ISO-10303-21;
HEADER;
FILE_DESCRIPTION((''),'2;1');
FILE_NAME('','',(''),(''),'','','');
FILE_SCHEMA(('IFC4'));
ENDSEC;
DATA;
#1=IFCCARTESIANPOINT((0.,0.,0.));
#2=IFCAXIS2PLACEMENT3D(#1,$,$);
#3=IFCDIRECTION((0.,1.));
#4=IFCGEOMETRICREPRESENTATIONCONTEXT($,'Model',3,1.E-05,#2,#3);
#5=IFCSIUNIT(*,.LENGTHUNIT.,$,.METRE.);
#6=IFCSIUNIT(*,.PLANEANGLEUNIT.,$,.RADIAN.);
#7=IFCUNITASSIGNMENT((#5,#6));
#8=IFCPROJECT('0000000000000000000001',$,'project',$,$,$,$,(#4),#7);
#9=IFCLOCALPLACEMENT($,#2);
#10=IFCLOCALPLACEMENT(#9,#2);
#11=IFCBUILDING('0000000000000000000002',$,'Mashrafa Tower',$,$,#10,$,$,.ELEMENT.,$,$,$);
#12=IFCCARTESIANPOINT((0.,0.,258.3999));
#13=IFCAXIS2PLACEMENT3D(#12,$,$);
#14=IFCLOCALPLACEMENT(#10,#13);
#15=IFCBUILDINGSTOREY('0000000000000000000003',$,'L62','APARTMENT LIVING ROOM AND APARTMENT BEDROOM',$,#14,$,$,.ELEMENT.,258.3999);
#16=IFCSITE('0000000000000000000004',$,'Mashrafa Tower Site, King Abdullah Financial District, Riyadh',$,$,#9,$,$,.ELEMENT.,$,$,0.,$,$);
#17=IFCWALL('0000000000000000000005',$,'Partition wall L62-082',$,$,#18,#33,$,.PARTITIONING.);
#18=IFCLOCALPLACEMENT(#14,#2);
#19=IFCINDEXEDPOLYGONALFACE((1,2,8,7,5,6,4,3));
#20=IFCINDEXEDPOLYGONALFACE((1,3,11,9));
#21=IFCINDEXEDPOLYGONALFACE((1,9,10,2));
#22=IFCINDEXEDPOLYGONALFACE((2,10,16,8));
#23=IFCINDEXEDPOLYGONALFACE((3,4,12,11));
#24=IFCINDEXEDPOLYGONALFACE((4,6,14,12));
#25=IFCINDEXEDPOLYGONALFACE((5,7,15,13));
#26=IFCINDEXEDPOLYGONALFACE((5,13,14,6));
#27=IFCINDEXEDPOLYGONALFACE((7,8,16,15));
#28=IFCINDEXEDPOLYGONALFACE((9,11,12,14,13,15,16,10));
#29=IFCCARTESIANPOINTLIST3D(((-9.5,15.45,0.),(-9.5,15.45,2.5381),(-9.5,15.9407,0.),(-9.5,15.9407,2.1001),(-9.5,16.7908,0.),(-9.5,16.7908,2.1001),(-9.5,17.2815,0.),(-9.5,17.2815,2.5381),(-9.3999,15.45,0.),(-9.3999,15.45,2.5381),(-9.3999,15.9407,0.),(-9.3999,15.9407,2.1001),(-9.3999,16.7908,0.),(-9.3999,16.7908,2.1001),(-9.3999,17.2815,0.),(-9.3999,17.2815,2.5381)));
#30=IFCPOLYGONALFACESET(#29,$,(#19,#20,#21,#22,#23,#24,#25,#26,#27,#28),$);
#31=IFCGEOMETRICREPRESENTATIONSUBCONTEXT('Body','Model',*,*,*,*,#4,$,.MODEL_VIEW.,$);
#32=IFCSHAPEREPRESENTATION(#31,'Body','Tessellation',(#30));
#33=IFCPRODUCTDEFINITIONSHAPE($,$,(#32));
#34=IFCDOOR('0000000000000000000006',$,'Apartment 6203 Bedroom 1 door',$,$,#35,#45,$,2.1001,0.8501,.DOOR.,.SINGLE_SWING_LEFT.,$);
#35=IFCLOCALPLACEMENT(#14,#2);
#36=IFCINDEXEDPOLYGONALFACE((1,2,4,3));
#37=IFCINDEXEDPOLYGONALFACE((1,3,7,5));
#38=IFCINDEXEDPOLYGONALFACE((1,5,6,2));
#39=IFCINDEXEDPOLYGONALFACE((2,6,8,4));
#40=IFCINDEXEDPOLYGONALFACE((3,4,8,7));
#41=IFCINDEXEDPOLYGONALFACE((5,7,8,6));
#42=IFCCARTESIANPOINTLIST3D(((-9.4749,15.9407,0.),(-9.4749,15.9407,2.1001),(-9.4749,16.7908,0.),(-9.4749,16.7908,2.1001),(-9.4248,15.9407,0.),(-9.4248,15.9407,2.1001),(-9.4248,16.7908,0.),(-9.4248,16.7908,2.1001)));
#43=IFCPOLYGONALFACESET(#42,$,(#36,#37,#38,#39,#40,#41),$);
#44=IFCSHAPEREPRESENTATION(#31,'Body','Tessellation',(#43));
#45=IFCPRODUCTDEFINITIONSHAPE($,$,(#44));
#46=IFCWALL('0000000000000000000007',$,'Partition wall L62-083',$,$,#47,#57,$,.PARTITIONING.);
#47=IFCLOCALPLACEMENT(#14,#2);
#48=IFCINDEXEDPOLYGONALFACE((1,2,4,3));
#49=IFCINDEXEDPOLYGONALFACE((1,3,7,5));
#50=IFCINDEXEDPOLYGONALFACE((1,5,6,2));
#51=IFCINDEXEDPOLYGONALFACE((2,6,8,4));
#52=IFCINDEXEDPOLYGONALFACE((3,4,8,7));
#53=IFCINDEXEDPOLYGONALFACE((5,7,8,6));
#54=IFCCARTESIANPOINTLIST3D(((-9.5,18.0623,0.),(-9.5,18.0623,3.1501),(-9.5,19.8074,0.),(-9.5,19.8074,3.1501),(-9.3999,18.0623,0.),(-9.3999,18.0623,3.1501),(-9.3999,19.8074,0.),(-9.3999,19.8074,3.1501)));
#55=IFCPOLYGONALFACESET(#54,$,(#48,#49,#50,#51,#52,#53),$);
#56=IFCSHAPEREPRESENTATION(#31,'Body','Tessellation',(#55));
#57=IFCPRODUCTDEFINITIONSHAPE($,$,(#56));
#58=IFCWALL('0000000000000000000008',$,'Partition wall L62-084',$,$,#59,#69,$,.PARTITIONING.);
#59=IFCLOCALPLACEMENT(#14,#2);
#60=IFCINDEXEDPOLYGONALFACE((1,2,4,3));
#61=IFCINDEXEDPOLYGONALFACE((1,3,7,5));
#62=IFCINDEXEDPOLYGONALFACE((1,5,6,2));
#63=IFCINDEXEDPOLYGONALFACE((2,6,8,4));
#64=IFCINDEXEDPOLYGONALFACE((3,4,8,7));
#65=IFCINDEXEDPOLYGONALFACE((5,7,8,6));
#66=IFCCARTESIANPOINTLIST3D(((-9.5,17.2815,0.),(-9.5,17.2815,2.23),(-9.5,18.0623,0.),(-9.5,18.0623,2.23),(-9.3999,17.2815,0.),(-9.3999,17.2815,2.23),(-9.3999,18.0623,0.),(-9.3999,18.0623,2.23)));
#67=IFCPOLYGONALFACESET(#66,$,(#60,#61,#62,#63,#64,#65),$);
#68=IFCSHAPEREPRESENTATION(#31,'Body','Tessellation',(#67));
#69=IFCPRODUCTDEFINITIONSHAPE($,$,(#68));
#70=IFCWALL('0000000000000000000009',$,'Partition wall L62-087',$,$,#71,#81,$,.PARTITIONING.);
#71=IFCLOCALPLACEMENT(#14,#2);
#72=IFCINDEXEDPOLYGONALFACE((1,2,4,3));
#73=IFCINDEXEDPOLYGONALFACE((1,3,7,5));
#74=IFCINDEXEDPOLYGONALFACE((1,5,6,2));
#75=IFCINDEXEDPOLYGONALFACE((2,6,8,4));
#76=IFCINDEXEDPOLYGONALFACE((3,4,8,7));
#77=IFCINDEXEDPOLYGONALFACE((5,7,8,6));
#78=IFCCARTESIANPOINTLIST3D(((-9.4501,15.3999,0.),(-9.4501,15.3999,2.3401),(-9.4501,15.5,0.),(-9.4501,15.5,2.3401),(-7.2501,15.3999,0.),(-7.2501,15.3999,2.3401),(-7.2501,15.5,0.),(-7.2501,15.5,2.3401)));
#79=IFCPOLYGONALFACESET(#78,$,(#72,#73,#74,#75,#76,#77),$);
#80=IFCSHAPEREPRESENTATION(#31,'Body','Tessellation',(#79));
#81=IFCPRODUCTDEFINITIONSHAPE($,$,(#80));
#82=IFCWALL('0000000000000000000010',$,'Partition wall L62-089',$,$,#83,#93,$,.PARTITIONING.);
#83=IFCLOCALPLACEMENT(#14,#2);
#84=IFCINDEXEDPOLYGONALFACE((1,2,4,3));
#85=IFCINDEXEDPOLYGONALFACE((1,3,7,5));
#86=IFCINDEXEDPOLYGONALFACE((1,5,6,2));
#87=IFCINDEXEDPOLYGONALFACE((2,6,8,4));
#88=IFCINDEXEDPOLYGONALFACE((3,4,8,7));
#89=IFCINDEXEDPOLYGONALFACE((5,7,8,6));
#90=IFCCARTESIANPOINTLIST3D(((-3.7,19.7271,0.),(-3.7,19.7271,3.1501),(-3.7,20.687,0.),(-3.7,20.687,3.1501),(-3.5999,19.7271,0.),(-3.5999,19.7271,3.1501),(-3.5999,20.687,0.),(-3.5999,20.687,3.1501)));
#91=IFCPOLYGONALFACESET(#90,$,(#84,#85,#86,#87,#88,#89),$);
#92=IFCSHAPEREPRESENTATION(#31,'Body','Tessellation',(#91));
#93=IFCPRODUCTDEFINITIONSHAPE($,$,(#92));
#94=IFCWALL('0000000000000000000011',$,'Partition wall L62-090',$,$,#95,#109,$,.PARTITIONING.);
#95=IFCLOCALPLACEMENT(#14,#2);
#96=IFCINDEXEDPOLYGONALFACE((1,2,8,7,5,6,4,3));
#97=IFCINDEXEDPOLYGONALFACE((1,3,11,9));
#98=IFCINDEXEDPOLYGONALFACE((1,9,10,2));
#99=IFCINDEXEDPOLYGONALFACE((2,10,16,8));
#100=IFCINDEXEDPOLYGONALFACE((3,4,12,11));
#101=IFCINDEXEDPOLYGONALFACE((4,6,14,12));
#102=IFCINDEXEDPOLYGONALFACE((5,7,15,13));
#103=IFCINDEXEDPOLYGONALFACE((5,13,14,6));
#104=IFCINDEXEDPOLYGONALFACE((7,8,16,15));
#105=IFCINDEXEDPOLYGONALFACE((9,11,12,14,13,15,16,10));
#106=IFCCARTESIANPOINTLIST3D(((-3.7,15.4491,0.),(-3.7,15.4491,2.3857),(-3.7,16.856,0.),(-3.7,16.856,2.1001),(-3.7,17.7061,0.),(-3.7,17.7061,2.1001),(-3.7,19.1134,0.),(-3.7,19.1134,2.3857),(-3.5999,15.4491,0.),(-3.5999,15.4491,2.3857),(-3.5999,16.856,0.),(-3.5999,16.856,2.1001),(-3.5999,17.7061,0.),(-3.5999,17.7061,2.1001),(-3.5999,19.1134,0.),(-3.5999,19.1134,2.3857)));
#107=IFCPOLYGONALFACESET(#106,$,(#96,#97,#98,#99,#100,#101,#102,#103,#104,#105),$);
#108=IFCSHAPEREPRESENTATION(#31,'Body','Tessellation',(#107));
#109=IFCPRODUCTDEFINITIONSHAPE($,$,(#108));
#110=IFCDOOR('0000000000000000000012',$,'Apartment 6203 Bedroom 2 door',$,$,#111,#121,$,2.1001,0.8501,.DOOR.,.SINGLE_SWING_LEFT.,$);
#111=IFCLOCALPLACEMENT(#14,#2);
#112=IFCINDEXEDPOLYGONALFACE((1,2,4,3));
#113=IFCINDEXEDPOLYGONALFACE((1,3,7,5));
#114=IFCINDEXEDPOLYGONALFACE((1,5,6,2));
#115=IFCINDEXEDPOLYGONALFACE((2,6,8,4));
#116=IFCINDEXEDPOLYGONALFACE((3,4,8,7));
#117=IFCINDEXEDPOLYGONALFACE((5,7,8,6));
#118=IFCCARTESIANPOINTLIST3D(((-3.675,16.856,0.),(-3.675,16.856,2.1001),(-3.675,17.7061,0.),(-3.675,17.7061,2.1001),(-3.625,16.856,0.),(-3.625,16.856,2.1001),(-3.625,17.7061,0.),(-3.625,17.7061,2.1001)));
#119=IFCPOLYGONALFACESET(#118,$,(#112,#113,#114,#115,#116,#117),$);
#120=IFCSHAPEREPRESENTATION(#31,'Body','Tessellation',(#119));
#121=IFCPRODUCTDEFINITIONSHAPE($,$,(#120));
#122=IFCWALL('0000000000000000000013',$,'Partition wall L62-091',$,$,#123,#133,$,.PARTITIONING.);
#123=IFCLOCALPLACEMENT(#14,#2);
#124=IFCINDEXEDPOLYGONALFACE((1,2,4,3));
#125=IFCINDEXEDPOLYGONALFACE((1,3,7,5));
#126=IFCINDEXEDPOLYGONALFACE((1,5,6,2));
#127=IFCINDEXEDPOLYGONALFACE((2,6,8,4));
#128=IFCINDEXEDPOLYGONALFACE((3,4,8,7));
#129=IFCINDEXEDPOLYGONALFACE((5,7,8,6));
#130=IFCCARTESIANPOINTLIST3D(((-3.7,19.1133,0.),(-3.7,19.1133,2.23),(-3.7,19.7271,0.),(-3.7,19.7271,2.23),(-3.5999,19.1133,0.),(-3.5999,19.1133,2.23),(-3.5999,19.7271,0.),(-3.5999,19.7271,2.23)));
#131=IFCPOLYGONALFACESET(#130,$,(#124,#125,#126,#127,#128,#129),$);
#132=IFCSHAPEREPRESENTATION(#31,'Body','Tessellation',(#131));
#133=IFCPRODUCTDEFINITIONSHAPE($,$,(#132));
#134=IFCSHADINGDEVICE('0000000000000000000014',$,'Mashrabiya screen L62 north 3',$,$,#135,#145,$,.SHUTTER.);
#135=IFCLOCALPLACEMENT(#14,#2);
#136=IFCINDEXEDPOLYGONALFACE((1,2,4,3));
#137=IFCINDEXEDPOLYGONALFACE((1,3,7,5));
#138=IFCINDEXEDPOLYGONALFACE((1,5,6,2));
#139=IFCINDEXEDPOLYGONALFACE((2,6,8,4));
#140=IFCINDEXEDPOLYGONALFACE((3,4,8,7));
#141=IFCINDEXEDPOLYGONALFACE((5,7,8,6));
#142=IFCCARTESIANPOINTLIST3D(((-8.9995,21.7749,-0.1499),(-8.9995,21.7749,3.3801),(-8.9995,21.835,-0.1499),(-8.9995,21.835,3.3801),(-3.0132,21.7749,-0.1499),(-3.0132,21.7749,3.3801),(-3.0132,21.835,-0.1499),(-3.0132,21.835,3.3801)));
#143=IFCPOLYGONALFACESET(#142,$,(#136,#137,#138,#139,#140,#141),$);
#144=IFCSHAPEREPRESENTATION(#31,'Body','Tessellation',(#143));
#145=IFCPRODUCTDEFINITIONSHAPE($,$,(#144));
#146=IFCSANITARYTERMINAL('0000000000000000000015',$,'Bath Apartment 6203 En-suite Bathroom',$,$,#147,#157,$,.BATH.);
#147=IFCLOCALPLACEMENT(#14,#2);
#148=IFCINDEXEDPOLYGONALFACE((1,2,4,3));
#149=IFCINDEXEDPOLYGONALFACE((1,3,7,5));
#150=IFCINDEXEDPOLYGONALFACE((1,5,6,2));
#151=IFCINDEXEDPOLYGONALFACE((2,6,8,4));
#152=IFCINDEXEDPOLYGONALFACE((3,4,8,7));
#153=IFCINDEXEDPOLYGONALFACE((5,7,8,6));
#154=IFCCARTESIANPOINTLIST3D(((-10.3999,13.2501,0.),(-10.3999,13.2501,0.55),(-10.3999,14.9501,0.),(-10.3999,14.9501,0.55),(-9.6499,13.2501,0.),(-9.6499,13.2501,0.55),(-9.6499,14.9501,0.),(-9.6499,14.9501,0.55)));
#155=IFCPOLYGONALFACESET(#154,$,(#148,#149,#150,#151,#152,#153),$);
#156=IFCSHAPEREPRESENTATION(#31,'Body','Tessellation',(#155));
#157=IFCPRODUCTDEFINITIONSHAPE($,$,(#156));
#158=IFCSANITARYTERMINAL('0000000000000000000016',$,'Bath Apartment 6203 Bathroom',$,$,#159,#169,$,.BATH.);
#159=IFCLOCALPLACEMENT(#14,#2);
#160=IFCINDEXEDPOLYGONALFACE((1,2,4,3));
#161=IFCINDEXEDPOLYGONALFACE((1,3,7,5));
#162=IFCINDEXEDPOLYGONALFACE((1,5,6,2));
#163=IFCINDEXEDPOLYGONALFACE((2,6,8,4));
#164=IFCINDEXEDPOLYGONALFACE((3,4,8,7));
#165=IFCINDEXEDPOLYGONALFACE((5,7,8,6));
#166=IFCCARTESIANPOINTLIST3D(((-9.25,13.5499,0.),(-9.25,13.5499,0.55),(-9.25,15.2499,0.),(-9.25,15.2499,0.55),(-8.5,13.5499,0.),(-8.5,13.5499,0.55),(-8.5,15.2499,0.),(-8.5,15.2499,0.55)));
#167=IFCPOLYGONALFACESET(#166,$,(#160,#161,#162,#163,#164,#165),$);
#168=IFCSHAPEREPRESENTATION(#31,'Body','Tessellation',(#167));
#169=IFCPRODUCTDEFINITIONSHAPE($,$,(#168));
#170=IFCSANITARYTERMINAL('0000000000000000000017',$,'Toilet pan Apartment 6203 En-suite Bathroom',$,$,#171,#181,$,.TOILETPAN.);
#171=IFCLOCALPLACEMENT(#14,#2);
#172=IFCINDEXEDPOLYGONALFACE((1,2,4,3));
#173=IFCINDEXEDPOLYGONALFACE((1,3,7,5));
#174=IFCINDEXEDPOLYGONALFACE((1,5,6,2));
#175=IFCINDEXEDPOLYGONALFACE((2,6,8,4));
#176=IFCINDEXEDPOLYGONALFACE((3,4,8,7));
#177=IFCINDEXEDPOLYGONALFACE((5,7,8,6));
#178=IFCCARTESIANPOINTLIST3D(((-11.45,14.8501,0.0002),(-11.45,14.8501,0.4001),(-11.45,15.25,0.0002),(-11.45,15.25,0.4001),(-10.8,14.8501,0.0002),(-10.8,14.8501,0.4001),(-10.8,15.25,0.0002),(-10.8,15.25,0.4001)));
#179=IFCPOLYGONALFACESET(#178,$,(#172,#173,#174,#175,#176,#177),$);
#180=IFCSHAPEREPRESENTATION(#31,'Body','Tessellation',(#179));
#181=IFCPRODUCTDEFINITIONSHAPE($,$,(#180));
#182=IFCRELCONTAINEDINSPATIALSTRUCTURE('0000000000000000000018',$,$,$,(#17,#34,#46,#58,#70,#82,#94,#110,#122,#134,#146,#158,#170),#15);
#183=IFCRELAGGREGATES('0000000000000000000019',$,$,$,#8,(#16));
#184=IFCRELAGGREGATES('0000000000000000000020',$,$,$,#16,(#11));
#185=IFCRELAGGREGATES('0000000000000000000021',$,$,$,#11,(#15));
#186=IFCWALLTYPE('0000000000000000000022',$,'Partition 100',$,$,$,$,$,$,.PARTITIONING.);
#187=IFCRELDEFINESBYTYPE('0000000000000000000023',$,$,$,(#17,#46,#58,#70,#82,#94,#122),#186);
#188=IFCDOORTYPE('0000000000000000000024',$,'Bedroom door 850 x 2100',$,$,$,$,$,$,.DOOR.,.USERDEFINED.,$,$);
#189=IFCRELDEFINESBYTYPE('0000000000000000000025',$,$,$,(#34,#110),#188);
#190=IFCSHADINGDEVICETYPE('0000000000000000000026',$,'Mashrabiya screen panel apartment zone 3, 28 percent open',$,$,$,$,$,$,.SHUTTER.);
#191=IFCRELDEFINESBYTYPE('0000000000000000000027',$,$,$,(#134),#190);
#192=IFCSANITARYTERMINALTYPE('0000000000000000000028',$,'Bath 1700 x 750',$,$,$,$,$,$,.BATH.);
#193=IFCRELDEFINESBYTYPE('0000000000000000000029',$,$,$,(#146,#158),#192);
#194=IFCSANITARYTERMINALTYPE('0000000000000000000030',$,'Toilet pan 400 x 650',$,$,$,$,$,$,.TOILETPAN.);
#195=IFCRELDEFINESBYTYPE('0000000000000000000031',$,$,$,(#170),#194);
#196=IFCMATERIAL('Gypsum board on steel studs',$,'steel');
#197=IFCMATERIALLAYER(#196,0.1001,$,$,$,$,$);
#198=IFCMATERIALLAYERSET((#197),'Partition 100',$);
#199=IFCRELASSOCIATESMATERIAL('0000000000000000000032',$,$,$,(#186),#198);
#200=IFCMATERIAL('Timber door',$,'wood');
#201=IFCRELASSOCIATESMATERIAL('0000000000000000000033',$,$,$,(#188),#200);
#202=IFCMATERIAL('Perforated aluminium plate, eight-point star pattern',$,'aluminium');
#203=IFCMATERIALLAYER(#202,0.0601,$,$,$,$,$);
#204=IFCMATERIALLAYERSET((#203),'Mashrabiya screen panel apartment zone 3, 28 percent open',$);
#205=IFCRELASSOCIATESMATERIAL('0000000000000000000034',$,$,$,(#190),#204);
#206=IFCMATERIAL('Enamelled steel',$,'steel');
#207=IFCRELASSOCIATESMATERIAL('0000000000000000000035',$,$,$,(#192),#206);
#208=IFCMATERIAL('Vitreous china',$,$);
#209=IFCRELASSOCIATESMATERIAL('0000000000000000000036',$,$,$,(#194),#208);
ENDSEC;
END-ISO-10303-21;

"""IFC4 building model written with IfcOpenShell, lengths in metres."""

from ifc_helpers import new_model, si_unit, direction, frame, frame_2d, origin, origin_2d, place, context, subcontext, project, spatial, rectangle, extrude, source, transform, mapped, material, layer, layer_set, type_object, type_shapes, element, fill, save


model = new_model("IFC4")

# Units and contexts
model_context = context("Model", 3, precision=1e-05, world=origin(), true_north=direction((0.0, 1.0)))
body_context = subcontext(model_context, "Body", "Model", "MODEL_VIEW")
ifc_project = project(units=[si_unit("LENGTHUNIT", "METRE"), si_unit("PLANEANGLEUNIT", "RADIAN")], contexts=[model_context])

# Site, building, storey
site_placement = place(None, origin())
site = spatial("IfcSite", under=ifc_project, at=site_placement, Name="Mashrafa Tower Site, King Abdullah Financial District, Riyadh", CompositionType="ELEMENT", RefElevation=0.0)
building_placement = place(site_placement, origin())
building = spatial("IfcBuilding", under=site, at=building_placement, Name="Mashrafa Tower", CompositionType="ELEMENT")
storey_placement = place(building_placement, frame((0.0, 0.0, 258.3999)))
storey = spatial("IfcBuildingStorey", under=building, at=storey_placement, Name="L62", Description="APARTMENT LIVING ROOM AND APARTMENT BEDROOM", CompositionType="ELEMENT", Elevation=258.3999)

# Shared definitions
ifc_material_1 = material(Name="Gypsum board on steel studs", Category="steel")
ifc_layer_1 = layer(ifc_material_1, 0.1001)
ifc_layer_set_1 = layer_set([ifc_layer_1], Name="Partition 100")
wall_type = type_object("IfcWallType", Name="Partition 100", PredefinedType="PARTITIONING", material=ifc_layer_set_1)

# Wall, opening, door
wall_1_placement = place(storey_placement, frame((-9.45, 15.45, 0.0), z_axis=(0.0, 0.0, 1.0), x_axis=(0.0, 1.0, 0.0)))
wall_1 = element("IfcWall", 1, at=wall_1_placement, inside=storey, type_object=wall_type, Name="Partition wall L62-082", PredefinedType="PARTITIONING", context=body_context, shape_type="SweptSolid", body=[
    extrude(rectangle(XDim=1.8315, YDim=0.1001, at=frame_2d((0.9158, 0.0))), origin(), (0.0, 0.0, 1.0), 2.5381),
])
opening_1_placement = place(wall_1_placement, frame((0.4907, 0.0, 0.0)))
opening_1 = element("IfcOpeningElement", 2, at=opening_1_placement, cuts=wall_1, PredefinedType="OPENING", context=body_context, shape_type="SweptSolid", body=[
    extrude(rectangle(XDim=0.8501, YDim=2.1001, at=frame_2d((0.425, 1.05))), frame((0.0, 0.0601, 0.0), z_axis=(0.0, -1.0, 0.0), x_axis=(1.0, 0.0, 0.0)), (0.0, 0.0, 1.0), 0.1201),
])
ifc_material_2 = material(Name="Timber door", Category="wood")
door_type = type_object("IfcDoorType", Name="Bedroom door 850 x 2100", OperationType="USERDEFINED", PredefinedType="DOOR", material=ifc_material_2)
door_1_placement = place(opening_1_placement, origin())
door_1 = element("IfcDoor", 3, at=door_1_placement, inside=storey, type_object=door_type, Name="Apartment 6203 Bedroom 1 door", OperationType="SINGLE_SWING_LEFT", OverallHeight=2.1001, OverallWidth=0.8501, PredefinedType="DOOR", context=body_context, shape_type="SweptSolid", body=[
    extrude(rectangle(XDim=0.8501, YDim=2.1001, at=frame_2d((0.425, 1.05))), frame((0.0, 0.0249, 0.0), z_axis=(0.0, -1.0, 0.0), x_axis=(1.0, 0.0, 0.0)), (0.0, 0.0, 1.0), 0.05),
])
fill(opening_1, door_1)

# Walls
wall_2_placement = place(storey_placement, frame((-9.45, 18.0623, 0.0), z_axis=(0.0, 0.0, 1.0), x_axis=(0.0, 1.0, 0.0)))
element("IfcWall", 4, at=wall_2_placement, inside=storey, type_object=wall_type, Name="Partition wall L62-083", PredefinedType="PARTITIONING", context=body_context, shape_type="SweptSolid", body=[
    extrude(rectangle(XDim=1.7451, YDim=0.1001, at=frame_2d((0.8726, 0.0))), origin(), (0.0, 0.0, 1.0), 3.1501),
])
wall_3_placement = place(storey_placement, frame((-9.45, 17.2815, 0.0), z_axis=(0.0, 0.0, 1.0), x_axis=(0.0, 1.0, 0.0)))
element("IfcWall", 5, at=wall_3_placement, inside=storey, type_object=wall_type, Name="Partition wall L62-084", PredefinedType="PARTITIONING", context=body_context, shape_type="SweptSolid", body=[
    extrude(rectangle(XDim=0.7808, YDim=0.1001, at=frame_2d((0.3904, 0.0))), origin(), (0.0, 0.0, 1.0), 2.23),
])
wall_4_placement = place(storey_placement, frame((-7.25, 15.45, 0.0), z_axis=(0.0, 0.0, 1.0), x_axis=(-1.0, 0.0, 0.0)))
element("IfcWall", 6, at=wall_4_placement, inside=storey, type_object=wall_type, Name="Partition wall L62-087", PredefinedType="PARTITIONING", context=body_context, shape_type="SweptSolid", body=[
    extrude(rectangle(XDim=2.2, YDim=0.1001, at=frame_2d((1.1001, 0.0))), origin(), (0.0, 0.0, 1.0), 2.3401),
])
wall_5_placement = place(storey_placement, frame((-3.6499, 20.687, 0.0), z_axis=(0.0, 0.0, 1.0), x_axis=(0.0, -1.0, 0.0)))
element("IfcWall", 7, at=wall_5_placement, inside=storey, type_object=wall_type, Name="Partition wall L62-089", PredefinedType="PARTITIONING", context=body_context, shape_type="SweptSolid", body=[
    extrude(rectangle(XDim=0.96, YDim=0.1001, at=frame_2d((0.48, 0.0))), origin(), (0.0, 0.0, 1.0), 3.1501),
])

# Wall, opening, door
wall_6_placement = place(storey_placement, frame((-3.6499, 19.1133, 0.0), z_axis=(0.0, 0.0, 1.0), x_axis=(0.0, -1.0, 0.0)))
wall_6 = element("IfcWall", 8, at=wall_6_placement, inside=storey, type_object=wall_type, Name="Partition wall L62-090", PredefinedType="PARTITIONING", context=body_context, shape_type="SweptSolid", body=[
    extrude(rectangle(XDim=3.6643, YDim=0.1001, at=frame_2d((1.832, 0.0))), origin(), (0.0, 0.0, 1.0), 2.3857),
])
opening_2_placement = place(wall_6_placement, frame((1.4072, 0.0, 0.0)))
opening_2 = element("IfcOpeningElement", 9, at=opening_2_placement, cuts=wall_6, PredefinedType="OPENING", context=body_context, shape_type="SweptSolid", body=[
    extrude(rectangle(XDim=0.8501, YDim=2.1001, at=frame_2d((0.425, 1.05))), frame((0.0, 0.0601, 0.0), z_axis=(0.0, -1.0, 0.0), x_axis=(1.0, 0.0, 0.0)), (0.0, 0.0, 1.0), 0.1201),
])
door_2_placement = place(opening_2_placement, origin())
door_2 = element("IfcDoor", 10, at=door_2_placement, inside=storey, type_object=door_type, Name="Apartment 6203 Bedroom 2 door", OperationType="SINGLE_SWING_LEFT", OverallHeight=2.1001, OverallWidth=0.8501, PredefinedType="DOOR", context=body_context, shape_type="SweptSolid", body=[
    extrude(rectangle(XDim=0.8501, YDim=2.1001, at=frame_2d((0.425, 1.05))), frame((0.0, 0.0249, 0.0), z_axis=(0.0, -1.0, 0.0), x_axis=(1.0, 0.0, 0.0)), (0.0, 0.0, 1.0), 0.05),
])
fill(opening_2, door_2)

# Wall
wall_7_placement = place(storey_placement, frame((-3.6499, 19.7271, 0.0), z_axis=(0.0, 0.0, 1.0), x_axis=(0.0, -1.0, 0.0)))
element("IfcWall", 11, at=wall_7_placement, inside=storey, type_object=wall_type, Name="Partition wall L62-091", PredefinedType="PARTITIONING", context=body_context, shape_type="SweptSolid", body=[
    extrude(rectangle(XDim=0.6138, YDim=0.1001, at=frame_2d((0.3069, 0.0))), origin(), (0.0, 0.0, 1.0), 2.23),
])

# Shading device
ifc_material_3 = material(Name="Perforated aluminium plate, eight-point star pattern", Category="aluminium")
ifc_layer_2 = layer(ifc_material_3, 0.0601)
ifc_layer_set_2 = layer_set([ifc_layer_2], Name="Mashrabiya screen panel apartment zone 3, 28 percent open")
shading_device_type = type_object("IfcShadingDeviceType", Name="Mashrabiya screen panel apartment zone 3, 28 percent open", PredefinedType="SHUTTER", material=ifc_layer_set_2)
shared_shape_1 = source(origin(), body_context, "Body", "SweptSolid", [
    extrude(rectangle(XDim=5.9863, YDim=0.0601, at=origin_2d()), origin(), (0.0, 0.0, 1.0), 3.53),
])
type_shapes(shading_device_type, [shared_shape_1])
shading_device_placement = place(storey_placement, frame((-6.0063, 21.8049, -0.1499), z_axis=(0.0, 0.0, 1.0), x_axis=(-1.0, 0.0, 0.0)))
element("IfcShadingDevice", 12, at=shading_device_placement, inside=storey, type_object=shading_device_type, Name="Mashrabiya screen L62 north 3", PredefinedType="SHUTTER", context=body_context, shape_type="MappedRepresentation", body=[
    mapped(shared_shape_1, transform((0.0, 0.0, 0.0))),
])

# Sanitary terminals
ifc_material_4 = material(Name="Enamelled steel", Category="steel")
sanitary_terminal_type_1 = type_object("IfcSanitaryTerminalType", Name="Bath 1700 x 750", PredefinedType="BATH", material=ifc_material_4)
for number, where, z_axis, x_axis, name in (
    (13, (-10.0249, 14.1001, 0.0), (0.0, 0.0, 1.0), (0.0, 1.0, 0.0), "Bath Apartment 6203 En-suite Bathroom"),
    (14, (-8.875, 14.3999, 0.0), (0.0, 0.0, 1.0), (0.0, -1.0, 0.0), "Bath Apartment 6203 Bathroom"),
):
    element("IfcSanitaryTerminal", number, at=place(storey_placement, frame(where, z_axis=z_axis, x_axis=x_axis)), inside=storey, type_object=sanitary_terminal_type_1, Name=name, PredefinedType="BATH", context=body_context, shape_type="SweptSolid", body=[
        extrude(rectangle(XDim=1.7, YDim=0.75, at=origin_2d()), origin(), (0.0, 0.0, 1.0), 0.55),
    ])
ifc_material_5 = material(Name="Vitreous china")
sanitary_terminal_type_2 = type_object("IfcSanitaryTerminalType", Name="Toilet pan 400 x 650", PredefinedType="TOILETPAN", material=ifc_material_5)
sanitary_terminal_1_placement = place(storey_placement, frame((-11.125, 15.05, 0.0002), z_axis=(0.0, 0.0, 1.0), x_axis=(0.0, -1.0, 0.0)))
element("IfcSanitaryTerminal", 15, at=sanitary_terminal_1_placement, inside=storey, type_object=sanitary_terminal_type_2, Name="Toilet pan Apartment 6203 En-suite Bathroom", PredefinedType="TOILETPAN", context=body_context, shape_type="SweptSolid", body=[
    extrude(rectangle(XDim=0.3999, YDim=0.6499, at=origin_2d()), origin(), (0.0, 0.0, 1.0), 0.3999),
])

save(model, "model.ifc")
